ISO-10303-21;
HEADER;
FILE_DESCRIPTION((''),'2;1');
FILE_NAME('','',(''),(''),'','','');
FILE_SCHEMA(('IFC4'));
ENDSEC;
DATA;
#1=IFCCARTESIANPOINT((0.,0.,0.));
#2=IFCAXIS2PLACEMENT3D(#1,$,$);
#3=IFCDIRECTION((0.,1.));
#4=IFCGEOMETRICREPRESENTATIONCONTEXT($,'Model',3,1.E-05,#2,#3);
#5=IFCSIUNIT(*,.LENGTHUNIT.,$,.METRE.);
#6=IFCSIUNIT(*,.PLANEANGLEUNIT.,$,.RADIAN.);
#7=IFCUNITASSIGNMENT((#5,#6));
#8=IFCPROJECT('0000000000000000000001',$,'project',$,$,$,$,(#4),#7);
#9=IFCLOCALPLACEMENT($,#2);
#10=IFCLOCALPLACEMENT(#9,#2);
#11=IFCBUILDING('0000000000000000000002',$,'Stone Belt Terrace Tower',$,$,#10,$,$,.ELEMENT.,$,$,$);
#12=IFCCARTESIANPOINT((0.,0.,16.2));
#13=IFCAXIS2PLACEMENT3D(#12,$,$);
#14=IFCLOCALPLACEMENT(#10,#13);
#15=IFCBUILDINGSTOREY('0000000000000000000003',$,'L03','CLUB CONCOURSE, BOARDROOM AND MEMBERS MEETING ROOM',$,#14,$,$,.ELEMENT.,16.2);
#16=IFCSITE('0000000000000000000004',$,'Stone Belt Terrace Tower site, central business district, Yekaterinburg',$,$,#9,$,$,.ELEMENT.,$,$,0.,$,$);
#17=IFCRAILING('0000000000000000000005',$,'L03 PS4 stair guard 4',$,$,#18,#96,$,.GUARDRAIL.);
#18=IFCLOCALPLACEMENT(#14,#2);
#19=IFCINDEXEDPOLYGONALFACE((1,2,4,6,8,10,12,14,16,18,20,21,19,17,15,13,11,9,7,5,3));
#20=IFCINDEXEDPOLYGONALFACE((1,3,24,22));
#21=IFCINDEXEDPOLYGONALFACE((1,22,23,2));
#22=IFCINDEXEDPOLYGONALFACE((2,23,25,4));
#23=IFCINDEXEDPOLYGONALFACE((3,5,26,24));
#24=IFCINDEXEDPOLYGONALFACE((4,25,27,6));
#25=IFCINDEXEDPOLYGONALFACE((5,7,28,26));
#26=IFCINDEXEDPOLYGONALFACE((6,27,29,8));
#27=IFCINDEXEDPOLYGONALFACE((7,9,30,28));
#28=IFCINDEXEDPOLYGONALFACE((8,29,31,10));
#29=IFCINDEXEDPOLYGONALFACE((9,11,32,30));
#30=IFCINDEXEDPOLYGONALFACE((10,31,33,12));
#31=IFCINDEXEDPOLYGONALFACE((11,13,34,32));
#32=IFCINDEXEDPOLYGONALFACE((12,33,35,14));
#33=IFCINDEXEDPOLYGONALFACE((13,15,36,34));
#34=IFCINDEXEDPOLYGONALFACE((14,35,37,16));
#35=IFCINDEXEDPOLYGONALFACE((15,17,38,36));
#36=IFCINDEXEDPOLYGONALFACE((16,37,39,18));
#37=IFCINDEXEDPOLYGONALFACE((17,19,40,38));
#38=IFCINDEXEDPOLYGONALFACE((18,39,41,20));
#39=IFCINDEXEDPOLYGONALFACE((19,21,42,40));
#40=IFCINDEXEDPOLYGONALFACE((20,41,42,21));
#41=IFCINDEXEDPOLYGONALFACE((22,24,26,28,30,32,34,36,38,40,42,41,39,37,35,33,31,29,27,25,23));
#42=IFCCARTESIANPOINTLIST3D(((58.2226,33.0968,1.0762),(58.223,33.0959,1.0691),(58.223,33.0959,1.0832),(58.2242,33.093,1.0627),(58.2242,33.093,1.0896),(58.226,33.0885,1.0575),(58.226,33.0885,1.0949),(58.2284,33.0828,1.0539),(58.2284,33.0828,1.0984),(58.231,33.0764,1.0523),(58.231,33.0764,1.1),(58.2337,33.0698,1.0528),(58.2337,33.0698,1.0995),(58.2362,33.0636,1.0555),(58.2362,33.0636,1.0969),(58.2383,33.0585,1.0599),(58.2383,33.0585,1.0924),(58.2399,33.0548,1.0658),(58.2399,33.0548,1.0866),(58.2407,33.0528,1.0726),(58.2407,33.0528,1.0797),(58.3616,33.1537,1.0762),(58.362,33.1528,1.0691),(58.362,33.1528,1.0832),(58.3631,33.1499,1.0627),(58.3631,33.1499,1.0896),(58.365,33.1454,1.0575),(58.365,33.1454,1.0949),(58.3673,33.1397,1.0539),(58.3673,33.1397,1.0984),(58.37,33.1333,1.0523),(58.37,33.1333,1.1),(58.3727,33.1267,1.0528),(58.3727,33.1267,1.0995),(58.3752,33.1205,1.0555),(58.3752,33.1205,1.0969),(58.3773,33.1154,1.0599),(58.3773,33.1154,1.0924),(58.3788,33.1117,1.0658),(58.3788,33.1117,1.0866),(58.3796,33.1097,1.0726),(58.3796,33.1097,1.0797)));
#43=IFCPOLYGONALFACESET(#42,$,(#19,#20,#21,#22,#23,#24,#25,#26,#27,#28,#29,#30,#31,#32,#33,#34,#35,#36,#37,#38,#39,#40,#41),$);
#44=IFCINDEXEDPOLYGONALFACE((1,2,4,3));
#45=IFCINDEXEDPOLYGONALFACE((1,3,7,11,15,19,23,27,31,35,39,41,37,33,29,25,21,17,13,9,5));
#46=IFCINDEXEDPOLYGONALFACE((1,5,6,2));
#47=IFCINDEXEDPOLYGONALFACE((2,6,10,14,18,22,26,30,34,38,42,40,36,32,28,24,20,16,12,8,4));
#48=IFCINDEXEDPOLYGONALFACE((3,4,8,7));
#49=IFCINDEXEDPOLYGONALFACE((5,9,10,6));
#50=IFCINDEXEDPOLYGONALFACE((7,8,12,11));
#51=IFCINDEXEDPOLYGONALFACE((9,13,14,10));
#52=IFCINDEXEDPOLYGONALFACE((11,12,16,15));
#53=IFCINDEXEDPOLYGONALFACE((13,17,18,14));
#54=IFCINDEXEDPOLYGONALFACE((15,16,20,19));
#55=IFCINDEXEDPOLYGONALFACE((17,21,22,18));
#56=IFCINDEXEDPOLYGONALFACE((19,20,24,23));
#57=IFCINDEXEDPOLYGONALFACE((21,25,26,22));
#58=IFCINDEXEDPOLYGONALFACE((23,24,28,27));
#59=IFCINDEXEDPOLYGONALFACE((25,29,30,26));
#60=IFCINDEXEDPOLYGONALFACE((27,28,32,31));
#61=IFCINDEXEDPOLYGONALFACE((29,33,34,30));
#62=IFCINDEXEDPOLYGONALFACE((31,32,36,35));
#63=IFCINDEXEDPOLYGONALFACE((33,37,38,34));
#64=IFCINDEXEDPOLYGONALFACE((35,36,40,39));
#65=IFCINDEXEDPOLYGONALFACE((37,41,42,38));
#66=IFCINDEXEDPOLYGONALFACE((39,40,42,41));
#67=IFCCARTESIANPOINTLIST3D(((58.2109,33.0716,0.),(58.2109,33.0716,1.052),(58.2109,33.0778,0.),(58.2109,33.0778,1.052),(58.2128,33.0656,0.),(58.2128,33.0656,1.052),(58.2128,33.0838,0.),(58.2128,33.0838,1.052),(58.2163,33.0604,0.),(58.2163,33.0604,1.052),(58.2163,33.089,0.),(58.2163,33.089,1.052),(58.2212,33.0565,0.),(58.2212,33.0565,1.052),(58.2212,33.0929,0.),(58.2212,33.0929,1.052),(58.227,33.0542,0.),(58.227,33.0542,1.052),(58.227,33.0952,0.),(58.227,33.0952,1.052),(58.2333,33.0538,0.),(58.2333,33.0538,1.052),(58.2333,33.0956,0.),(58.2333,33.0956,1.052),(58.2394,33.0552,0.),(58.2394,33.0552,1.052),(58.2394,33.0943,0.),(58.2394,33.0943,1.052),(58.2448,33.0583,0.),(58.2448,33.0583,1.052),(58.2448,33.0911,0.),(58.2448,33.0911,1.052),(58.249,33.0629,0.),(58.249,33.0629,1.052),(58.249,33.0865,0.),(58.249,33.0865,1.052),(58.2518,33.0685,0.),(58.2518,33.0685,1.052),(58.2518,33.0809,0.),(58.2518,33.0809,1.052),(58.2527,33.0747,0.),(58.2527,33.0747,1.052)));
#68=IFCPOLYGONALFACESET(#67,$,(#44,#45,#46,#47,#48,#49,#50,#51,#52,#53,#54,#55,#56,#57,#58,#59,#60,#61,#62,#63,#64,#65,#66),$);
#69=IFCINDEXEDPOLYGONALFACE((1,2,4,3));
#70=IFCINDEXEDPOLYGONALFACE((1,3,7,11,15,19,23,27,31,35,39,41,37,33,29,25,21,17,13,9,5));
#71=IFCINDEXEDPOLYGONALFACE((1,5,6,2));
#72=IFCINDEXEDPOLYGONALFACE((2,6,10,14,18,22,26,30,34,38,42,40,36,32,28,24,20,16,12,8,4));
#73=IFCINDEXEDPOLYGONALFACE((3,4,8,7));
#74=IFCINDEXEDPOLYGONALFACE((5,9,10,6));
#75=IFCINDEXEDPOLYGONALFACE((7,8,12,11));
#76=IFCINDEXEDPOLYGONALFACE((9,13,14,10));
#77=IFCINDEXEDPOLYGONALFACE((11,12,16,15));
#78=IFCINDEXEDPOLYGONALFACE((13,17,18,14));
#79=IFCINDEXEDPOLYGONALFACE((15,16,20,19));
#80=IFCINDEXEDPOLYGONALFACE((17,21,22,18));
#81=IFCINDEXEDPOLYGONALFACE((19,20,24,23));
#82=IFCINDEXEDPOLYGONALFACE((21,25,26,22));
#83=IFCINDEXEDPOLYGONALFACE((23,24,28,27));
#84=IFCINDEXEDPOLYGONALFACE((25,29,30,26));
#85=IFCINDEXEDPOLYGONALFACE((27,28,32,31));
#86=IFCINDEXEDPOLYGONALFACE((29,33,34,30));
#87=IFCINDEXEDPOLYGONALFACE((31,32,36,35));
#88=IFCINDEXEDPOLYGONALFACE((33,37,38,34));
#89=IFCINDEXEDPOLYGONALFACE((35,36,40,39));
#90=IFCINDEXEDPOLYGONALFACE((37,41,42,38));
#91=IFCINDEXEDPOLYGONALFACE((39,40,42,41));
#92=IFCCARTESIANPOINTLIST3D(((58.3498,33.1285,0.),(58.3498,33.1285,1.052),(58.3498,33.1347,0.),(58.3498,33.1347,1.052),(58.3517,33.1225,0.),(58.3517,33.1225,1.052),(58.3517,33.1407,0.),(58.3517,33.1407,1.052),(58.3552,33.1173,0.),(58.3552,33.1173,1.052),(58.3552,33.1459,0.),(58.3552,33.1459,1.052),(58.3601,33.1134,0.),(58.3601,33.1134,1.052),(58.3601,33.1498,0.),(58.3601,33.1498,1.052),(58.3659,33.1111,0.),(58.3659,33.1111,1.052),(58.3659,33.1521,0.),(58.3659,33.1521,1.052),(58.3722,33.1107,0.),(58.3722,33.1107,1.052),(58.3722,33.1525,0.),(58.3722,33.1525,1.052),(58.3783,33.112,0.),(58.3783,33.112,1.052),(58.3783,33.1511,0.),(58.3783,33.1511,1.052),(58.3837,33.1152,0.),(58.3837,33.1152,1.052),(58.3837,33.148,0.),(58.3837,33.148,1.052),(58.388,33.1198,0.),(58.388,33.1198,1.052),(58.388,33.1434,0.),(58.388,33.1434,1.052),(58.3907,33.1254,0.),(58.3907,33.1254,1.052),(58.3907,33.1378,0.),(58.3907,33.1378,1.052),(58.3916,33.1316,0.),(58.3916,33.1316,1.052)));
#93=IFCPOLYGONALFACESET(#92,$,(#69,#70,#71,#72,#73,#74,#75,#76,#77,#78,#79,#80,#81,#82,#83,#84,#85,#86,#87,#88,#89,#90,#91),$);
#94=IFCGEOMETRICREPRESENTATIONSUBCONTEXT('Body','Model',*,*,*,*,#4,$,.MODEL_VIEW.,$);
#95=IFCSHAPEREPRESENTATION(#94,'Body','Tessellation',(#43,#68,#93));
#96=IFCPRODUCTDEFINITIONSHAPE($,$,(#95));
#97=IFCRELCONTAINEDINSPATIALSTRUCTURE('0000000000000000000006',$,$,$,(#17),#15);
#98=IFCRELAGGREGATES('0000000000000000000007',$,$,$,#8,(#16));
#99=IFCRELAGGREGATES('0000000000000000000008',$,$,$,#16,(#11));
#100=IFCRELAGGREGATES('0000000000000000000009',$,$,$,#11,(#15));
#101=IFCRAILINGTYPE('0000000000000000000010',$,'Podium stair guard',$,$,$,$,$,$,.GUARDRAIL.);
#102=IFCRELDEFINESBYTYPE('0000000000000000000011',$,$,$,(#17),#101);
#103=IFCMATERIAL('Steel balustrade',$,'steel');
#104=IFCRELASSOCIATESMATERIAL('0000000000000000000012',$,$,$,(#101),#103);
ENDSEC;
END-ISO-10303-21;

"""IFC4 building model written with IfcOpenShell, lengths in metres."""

from ifc_helpers import new_model, si_unit, direction, frame, origin, origin_2d, place, context, subcontext, project, spatial, circle, extrude, material, type_object, element, save


model = new_model("IFC4")

# Units and contexts
model_context = context("Model", 3, precision=1e-05, world=origin(), true_north=direction((0.0, 1.0)))
body_context = subcontext(model_context, "Body", "Model", "MODEL_VIEW")
ifc_project = project(units=[si_unit("LENGTHUNIT", "METRE"), si_unit("PLANEANGLEUNIT", "RADIAN")], contexts=[model_context])

# Site, building, storey
site_placement = place(None, origin())
site = spatial("IfcSite", under=ifc_project, at=site_placement, Name="Stone Belt Terrace Tower site, central business district, Yekaterinburg", CompositionType="ELEMENT", RefElevation=0.0)
building_placement = place(site_placement, origin())
building = spatial("IfcBuilding", under=site, at=building_placement, Name="Stone Belt Terrace Tower", CompositionType="ELEMENT")
storey_placement = place(building_placement, frame((0.0, 0.0, 16.2)))
storey = spatial("IfcBuildingStorey", under=building, at=storey_placement, Name="L03", Description="CLUB CONCOURSE, BOARDROOM AND MEMBERS MEETING ROOM", CompositionType="ELEMENT", Elevation=16.2)

# Railing
ifc_material_1 = material(Name="Steel balustrade", Category="steel")
railing_type_1 = type_object("IfcRailingType", Name="Podium stair guard", PredefinedType="GUARDRAIL", material=ifc_material_1)
railing_1_placement = place(storey_placement, frame((58.2317, 33.0747, 0.0)))
element("IfcRailing", 1, at=railing_1_placement, inside=storey, type_object=railing_type_1, Name="L03 PS4 stair guard 4", PredefinedType="GUARDRAIL", context=body_context, shape_type="SweptSolid", body=[
    extrude(circle(Radius=0.0239, at=origin_2d()), frame((0.0, 0.0, 1.0762), z_axis=(0.925417, 0.378949, 0.0), x_axis=(-0.378949, 0.925417, 0.0)), (0.0, 0.0, 1.0), 0.1501),
    extrude(circle(Radius=0.021, at=origin_2d()), origin(), (0.0, 0.0, 1.0), 1.052),
    extrude(circle(Radius=0.021, at=origin_2d()), frame((0.1389, 0.0569, 0.0)), (0.0, 0.0, 1.0), 1.052),
])

save(model, "model.ifc")
